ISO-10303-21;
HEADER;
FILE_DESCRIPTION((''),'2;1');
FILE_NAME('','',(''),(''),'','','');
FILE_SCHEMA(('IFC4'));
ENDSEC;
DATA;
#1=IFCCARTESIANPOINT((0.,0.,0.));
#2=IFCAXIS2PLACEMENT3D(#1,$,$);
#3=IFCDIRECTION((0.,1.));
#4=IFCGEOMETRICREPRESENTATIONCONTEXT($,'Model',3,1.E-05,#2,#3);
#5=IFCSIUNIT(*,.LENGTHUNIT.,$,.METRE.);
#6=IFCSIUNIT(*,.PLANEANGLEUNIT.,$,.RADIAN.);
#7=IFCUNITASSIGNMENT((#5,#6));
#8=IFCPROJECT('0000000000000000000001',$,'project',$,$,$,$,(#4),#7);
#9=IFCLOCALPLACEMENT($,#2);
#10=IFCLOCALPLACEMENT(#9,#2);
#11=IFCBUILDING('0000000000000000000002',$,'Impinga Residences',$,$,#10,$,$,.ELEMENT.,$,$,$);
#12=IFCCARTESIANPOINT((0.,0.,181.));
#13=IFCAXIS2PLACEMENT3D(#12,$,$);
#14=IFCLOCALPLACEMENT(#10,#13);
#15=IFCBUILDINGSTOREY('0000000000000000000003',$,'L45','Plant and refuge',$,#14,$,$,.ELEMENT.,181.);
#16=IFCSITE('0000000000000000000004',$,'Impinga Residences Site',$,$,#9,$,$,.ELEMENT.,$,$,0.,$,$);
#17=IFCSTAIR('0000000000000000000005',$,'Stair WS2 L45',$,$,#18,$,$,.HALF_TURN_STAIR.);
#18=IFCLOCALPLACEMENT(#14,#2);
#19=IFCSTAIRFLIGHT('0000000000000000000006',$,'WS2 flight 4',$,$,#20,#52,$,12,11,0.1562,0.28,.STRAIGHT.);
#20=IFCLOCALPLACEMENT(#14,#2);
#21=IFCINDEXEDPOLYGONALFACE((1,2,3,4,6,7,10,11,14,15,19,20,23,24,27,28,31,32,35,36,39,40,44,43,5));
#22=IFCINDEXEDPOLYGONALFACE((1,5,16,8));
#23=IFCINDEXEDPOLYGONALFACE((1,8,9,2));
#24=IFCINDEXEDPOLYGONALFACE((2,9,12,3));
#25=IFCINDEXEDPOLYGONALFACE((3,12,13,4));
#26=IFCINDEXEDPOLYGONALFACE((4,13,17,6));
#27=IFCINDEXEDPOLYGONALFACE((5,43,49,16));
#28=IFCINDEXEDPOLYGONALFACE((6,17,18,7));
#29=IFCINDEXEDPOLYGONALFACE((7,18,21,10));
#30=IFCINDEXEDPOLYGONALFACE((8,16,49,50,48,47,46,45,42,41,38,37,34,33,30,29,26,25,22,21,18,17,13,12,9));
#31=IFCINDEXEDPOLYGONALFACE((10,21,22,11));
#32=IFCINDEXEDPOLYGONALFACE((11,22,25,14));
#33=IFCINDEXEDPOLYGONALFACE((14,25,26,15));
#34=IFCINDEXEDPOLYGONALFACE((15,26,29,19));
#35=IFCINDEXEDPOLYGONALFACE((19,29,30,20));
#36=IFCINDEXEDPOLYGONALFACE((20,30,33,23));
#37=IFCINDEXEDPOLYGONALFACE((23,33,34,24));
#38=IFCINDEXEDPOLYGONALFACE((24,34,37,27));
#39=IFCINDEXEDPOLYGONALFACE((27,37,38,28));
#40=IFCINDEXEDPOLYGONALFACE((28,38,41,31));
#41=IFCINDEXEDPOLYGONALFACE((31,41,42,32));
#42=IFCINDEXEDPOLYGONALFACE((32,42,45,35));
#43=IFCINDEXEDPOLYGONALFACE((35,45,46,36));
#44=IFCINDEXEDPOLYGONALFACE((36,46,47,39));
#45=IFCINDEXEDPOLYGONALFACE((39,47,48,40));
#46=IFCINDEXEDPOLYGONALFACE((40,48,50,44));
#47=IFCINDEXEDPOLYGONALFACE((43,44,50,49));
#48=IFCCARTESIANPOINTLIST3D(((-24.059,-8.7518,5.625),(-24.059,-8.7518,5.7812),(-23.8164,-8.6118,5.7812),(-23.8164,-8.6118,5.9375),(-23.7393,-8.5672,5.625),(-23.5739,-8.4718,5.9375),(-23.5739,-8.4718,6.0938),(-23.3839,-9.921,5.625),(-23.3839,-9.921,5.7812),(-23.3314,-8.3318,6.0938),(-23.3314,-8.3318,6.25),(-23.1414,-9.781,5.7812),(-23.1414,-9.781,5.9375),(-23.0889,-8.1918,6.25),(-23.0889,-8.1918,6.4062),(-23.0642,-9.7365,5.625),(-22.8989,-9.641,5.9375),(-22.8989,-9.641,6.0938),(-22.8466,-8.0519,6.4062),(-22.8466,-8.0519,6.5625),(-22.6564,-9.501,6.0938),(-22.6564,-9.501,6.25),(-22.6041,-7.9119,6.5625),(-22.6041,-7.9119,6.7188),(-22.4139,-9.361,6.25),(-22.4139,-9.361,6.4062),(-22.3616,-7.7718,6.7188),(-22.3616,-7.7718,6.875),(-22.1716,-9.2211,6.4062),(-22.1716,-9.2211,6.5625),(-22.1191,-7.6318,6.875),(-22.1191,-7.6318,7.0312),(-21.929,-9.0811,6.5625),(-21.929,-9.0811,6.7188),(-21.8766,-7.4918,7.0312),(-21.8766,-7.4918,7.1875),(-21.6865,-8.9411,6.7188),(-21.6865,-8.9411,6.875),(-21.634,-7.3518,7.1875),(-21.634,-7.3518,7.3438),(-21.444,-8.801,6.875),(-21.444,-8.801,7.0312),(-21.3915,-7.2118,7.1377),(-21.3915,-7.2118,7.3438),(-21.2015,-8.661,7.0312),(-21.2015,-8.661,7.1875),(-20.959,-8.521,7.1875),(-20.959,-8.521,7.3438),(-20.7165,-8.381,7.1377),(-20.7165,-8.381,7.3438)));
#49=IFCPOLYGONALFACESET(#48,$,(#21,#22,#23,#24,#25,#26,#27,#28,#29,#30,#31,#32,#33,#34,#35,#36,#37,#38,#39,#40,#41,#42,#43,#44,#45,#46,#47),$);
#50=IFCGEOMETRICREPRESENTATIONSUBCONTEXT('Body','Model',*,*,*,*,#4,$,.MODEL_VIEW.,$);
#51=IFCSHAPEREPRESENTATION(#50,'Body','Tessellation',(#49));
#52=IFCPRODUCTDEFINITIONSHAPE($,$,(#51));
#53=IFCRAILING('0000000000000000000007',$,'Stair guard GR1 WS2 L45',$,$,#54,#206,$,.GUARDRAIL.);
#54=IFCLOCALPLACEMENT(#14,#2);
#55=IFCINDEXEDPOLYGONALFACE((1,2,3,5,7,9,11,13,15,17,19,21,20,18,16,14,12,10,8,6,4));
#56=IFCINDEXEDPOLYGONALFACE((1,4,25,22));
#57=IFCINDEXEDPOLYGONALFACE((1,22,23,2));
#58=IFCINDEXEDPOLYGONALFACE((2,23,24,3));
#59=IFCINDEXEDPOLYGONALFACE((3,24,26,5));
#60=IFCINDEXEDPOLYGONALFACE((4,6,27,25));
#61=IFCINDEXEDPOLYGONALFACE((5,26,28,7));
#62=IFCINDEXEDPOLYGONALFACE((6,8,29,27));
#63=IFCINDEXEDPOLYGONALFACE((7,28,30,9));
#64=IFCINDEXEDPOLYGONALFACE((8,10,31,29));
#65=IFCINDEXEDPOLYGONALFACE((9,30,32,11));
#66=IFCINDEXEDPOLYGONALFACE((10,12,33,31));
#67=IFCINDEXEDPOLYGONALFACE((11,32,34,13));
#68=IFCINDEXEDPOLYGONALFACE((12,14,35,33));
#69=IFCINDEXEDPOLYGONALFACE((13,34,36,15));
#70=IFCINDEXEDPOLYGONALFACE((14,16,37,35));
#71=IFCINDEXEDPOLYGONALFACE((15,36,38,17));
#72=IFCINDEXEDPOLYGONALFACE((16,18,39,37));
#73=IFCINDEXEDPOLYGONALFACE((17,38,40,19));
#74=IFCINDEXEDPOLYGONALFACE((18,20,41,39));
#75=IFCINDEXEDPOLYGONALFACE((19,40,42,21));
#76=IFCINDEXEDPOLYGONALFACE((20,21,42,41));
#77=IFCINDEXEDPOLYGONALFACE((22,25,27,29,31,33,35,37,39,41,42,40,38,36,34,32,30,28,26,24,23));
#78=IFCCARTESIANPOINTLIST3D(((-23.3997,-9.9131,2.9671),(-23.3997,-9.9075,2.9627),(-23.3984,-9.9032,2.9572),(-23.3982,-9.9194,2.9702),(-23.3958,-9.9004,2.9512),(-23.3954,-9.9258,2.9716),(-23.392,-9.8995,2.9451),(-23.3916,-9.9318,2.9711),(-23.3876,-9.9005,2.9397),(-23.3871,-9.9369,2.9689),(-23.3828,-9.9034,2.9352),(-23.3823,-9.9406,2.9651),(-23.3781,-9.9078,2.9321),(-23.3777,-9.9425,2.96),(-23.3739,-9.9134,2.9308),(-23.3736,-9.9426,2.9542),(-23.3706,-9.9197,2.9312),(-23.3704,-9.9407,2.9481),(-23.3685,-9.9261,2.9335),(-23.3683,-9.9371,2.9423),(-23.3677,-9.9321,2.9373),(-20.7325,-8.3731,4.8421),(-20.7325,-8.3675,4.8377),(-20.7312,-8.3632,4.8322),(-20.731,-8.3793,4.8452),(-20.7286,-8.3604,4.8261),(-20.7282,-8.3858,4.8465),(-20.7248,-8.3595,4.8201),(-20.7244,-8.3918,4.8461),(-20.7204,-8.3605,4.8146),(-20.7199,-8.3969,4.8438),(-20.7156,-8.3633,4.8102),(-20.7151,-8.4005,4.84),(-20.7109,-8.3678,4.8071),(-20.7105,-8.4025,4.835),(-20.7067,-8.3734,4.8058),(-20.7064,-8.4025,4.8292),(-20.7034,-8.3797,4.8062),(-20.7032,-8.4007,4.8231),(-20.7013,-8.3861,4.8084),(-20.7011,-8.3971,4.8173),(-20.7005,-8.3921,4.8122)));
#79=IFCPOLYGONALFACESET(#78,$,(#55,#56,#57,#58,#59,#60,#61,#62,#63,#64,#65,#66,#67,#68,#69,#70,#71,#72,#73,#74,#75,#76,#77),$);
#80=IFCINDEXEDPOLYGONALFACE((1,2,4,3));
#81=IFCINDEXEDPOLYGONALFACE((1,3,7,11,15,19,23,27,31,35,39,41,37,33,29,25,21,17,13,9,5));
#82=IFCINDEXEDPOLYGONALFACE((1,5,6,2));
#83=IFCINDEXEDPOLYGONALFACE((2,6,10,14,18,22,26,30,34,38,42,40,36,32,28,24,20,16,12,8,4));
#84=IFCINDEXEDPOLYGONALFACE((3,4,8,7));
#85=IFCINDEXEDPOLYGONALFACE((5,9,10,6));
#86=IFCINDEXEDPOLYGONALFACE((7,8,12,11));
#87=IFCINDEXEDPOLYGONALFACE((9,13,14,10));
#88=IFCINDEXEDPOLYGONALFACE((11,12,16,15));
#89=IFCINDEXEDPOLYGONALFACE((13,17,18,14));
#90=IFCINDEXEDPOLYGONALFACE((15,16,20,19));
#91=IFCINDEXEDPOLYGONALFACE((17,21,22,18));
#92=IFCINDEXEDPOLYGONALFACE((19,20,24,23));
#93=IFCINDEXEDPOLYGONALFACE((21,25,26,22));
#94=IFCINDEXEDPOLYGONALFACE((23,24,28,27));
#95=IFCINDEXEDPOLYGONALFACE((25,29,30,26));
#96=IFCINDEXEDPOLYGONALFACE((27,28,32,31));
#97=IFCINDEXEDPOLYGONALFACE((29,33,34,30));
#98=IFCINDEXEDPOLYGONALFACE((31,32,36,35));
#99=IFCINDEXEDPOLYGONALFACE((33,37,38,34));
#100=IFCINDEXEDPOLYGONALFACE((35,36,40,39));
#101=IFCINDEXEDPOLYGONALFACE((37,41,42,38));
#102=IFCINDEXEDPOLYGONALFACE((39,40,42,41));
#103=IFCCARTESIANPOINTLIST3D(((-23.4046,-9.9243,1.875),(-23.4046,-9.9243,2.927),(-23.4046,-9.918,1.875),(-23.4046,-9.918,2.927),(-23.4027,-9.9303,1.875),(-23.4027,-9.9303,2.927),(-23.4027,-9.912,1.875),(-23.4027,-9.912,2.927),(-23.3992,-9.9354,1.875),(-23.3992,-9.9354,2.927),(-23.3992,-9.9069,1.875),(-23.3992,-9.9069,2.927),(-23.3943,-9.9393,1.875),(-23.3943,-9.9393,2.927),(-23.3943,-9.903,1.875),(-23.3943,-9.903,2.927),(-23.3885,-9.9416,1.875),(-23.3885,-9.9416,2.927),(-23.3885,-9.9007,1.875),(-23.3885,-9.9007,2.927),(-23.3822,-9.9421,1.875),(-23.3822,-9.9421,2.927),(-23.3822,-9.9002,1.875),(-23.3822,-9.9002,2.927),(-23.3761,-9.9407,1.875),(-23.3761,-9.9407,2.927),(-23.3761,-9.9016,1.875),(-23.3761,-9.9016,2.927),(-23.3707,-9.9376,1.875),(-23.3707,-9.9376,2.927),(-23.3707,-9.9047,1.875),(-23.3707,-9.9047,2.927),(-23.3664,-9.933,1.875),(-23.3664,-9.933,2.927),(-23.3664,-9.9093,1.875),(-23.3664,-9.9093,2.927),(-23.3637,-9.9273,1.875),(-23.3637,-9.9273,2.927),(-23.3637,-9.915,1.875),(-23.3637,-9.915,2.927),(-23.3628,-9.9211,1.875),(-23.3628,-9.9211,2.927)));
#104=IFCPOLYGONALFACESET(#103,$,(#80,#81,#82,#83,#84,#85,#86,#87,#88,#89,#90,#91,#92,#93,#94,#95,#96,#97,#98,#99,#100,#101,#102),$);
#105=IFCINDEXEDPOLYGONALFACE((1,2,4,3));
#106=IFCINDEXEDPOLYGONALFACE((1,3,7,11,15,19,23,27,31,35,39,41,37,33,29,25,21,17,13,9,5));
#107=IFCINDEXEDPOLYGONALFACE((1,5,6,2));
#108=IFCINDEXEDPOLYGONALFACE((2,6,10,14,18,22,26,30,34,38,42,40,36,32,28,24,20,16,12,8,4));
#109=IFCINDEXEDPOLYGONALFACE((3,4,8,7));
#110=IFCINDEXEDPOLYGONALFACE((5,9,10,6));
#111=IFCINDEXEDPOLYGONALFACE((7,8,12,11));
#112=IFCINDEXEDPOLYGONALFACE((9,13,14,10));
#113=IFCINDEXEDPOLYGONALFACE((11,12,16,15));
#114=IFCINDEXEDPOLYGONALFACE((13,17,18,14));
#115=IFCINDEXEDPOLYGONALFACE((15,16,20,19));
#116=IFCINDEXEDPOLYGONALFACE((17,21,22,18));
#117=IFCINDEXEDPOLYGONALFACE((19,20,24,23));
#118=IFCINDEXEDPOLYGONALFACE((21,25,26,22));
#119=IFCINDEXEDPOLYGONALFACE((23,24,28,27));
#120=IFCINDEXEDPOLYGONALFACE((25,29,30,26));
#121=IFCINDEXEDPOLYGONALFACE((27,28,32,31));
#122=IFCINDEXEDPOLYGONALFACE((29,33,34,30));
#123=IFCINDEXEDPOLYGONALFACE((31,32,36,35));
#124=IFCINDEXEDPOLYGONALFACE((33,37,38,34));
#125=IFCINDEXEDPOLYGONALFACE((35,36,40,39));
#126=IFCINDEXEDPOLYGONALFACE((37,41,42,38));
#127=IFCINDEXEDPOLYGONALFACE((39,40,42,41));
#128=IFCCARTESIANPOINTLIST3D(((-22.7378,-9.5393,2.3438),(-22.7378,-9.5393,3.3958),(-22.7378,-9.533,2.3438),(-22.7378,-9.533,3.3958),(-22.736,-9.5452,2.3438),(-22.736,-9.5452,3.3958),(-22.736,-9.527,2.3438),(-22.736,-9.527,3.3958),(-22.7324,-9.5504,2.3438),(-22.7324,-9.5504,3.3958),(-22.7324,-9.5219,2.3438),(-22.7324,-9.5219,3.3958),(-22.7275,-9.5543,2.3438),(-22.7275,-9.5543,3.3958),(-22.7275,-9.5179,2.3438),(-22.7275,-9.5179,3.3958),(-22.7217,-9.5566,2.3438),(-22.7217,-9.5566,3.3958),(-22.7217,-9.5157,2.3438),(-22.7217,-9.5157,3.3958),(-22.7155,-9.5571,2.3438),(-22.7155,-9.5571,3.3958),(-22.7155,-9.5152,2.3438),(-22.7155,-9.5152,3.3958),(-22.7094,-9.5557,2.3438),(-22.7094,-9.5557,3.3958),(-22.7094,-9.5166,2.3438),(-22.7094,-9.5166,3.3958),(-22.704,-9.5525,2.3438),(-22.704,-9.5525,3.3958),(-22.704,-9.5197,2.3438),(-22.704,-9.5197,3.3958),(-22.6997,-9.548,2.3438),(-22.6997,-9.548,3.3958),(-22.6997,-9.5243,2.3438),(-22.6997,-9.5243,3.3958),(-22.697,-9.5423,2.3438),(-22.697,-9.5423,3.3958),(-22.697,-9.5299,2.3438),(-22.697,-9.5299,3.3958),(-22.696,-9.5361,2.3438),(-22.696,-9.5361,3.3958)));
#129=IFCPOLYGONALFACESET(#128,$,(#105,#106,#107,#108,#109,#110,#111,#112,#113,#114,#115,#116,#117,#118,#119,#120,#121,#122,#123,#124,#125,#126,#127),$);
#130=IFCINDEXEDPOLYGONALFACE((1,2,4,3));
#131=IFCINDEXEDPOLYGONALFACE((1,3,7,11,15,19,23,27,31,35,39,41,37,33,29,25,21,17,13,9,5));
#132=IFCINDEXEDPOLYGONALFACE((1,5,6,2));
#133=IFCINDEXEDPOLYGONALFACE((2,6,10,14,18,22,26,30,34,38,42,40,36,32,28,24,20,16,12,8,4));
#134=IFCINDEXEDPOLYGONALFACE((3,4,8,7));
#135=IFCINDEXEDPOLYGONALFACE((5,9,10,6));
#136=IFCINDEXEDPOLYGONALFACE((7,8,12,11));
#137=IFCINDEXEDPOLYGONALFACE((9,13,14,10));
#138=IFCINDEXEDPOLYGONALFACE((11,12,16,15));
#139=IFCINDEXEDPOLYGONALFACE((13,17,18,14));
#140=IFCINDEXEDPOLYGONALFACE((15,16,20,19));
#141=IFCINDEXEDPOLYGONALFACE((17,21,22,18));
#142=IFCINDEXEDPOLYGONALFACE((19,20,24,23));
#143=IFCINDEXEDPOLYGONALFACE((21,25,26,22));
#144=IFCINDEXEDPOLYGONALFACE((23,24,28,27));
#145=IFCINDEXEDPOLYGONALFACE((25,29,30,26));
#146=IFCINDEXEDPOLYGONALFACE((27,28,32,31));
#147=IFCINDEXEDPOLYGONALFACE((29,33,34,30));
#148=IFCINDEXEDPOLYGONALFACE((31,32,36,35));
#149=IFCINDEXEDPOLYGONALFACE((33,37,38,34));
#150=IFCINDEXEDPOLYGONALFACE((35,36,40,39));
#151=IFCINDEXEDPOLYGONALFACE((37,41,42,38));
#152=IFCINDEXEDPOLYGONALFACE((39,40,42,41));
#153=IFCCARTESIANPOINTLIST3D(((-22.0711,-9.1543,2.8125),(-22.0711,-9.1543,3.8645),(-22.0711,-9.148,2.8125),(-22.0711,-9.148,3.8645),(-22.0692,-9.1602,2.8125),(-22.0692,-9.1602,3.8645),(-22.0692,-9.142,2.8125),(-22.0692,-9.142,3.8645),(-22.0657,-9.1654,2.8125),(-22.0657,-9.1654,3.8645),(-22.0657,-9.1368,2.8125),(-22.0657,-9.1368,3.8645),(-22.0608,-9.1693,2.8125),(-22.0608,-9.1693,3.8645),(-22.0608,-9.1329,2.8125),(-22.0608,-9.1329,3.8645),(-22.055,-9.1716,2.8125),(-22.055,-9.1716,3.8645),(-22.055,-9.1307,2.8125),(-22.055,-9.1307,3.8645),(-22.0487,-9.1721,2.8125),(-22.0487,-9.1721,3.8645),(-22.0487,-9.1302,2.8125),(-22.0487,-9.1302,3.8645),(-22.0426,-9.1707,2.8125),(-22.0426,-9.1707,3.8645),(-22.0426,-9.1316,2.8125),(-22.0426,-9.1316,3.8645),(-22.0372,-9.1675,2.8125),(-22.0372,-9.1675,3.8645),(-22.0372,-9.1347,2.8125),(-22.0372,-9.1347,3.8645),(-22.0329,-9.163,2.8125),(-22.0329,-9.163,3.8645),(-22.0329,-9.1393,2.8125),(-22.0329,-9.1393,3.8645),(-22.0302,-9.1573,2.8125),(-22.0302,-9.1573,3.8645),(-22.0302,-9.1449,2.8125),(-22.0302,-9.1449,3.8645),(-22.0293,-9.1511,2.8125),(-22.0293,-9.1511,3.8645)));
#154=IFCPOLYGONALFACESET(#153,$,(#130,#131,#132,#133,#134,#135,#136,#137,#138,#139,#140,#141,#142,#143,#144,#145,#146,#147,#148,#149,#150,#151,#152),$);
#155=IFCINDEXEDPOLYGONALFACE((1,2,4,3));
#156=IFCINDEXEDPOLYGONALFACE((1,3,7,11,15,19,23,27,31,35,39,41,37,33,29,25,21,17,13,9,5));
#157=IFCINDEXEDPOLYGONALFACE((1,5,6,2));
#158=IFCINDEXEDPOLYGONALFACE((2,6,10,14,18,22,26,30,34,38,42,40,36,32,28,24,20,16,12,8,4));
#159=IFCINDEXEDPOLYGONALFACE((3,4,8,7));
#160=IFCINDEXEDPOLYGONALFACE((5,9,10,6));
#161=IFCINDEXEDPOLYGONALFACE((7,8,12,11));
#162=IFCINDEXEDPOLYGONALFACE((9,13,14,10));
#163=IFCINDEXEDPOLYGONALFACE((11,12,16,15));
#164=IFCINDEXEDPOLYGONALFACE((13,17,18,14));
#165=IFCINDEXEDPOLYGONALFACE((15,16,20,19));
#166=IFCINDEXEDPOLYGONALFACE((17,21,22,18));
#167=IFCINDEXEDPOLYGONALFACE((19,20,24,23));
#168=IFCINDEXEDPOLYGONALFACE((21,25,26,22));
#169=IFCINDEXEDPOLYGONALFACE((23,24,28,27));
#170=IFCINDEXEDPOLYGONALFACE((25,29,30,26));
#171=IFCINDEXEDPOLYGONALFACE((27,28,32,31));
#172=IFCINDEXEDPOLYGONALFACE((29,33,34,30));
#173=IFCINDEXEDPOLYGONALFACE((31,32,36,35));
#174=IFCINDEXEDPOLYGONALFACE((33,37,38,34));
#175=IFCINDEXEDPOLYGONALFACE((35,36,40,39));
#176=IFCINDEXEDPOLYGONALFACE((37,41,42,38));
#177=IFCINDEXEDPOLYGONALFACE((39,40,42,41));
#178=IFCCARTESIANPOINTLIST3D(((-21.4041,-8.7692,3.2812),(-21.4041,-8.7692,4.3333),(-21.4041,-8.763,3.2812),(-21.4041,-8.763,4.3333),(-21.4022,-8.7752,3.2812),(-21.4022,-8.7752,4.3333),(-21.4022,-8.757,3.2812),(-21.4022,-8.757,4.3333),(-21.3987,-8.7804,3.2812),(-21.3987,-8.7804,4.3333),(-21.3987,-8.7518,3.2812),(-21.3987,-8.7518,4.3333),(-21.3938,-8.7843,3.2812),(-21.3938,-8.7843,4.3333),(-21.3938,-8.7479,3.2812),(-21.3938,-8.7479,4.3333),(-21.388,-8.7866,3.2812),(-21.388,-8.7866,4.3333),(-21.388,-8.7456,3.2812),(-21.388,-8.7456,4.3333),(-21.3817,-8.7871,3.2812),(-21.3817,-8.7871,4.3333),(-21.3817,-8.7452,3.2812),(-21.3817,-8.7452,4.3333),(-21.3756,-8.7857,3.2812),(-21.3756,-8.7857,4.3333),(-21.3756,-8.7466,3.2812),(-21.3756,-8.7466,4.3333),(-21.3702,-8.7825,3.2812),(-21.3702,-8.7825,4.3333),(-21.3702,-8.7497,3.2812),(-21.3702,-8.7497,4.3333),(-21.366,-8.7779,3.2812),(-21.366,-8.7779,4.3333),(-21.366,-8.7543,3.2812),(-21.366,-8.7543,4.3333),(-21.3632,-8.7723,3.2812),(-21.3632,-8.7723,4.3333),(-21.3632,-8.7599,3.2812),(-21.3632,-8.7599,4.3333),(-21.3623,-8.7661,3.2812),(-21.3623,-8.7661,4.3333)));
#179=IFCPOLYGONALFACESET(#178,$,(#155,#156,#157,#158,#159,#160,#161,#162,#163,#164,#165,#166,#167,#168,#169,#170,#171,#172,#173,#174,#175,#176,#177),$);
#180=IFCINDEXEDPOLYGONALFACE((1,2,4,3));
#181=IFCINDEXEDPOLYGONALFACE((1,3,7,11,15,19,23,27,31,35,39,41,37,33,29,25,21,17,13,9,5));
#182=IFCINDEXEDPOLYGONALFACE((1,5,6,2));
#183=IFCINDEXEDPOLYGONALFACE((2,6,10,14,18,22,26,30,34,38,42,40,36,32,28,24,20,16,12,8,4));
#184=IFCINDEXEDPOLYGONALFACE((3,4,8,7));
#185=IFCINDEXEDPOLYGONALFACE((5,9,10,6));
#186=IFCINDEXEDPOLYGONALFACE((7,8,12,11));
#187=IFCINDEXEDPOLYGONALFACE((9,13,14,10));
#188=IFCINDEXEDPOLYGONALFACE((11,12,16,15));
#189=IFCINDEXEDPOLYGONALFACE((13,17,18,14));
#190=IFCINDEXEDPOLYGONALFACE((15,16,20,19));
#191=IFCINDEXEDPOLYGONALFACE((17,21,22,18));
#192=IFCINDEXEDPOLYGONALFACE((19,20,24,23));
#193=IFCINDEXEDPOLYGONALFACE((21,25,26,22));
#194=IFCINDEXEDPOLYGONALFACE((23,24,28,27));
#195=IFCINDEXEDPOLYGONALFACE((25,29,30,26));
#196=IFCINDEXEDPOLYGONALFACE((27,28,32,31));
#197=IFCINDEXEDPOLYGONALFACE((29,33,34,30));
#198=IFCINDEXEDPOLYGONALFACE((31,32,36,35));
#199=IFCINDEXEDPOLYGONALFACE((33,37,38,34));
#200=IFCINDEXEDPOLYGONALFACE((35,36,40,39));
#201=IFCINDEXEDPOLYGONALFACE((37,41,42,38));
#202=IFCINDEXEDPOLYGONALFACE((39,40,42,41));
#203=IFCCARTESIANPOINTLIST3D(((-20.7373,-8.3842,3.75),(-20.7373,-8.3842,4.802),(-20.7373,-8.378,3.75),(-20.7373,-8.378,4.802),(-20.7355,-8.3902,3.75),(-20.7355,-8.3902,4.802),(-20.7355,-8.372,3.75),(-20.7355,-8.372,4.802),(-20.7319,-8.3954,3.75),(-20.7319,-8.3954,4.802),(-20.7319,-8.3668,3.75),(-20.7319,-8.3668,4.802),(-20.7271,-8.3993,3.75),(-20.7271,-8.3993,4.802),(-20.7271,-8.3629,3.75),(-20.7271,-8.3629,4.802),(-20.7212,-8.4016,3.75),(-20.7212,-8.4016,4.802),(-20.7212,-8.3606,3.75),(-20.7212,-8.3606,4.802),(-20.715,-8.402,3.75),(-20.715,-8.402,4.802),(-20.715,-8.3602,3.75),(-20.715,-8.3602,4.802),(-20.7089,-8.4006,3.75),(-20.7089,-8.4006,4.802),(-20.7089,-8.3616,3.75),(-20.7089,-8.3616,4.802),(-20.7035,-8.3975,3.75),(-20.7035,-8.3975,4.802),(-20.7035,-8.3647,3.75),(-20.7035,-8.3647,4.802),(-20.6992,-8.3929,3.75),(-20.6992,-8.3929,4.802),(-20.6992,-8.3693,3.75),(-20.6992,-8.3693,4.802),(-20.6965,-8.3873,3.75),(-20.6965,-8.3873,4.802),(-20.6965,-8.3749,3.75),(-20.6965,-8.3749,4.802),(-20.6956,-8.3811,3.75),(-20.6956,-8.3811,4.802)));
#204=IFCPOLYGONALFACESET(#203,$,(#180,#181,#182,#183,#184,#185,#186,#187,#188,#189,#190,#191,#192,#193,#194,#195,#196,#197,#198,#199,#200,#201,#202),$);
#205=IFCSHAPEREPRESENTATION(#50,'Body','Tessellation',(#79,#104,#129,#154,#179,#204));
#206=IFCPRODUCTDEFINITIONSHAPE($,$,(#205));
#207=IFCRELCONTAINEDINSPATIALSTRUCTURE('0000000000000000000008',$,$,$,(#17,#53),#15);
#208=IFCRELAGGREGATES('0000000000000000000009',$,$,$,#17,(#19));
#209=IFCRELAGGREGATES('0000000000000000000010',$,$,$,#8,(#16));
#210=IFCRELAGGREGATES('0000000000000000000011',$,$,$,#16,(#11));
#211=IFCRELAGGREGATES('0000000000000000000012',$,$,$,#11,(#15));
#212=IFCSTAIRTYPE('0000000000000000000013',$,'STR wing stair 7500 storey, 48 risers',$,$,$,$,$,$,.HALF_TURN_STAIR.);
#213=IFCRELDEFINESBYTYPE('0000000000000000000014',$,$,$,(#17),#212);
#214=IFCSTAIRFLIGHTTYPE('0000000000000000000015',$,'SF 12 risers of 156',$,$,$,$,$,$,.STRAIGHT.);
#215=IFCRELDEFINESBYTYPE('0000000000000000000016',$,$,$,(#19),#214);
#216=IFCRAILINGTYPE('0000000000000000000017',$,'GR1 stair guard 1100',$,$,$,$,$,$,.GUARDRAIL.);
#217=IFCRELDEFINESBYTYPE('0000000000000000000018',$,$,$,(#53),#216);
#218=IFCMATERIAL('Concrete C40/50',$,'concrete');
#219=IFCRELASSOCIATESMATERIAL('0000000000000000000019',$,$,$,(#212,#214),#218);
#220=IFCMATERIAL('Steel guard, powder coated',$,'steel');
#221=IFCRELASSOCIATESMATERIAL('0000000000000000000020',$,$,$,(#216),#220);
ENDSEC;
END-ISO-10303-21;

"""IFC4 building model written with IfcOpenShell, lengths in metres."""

from ifc_helpers import new_model, si_unit, direction, frame, origin, origin_2d, place, context, subcontext, project, spatial, polyline, circle, outline, extrude, material, type_object, element, aggregate, save


model = new_model("IFC4")

# Units and contexts
model_context = context("Model", 3, precision=1e-05, world=origin(), true_north=direction((0.0, 1.0)))
body_context = subcontext(model_context, "Body", "Model", "MODEL_VIEW")
ifc_project = project(units=[si_unit("LENGTHUNIT", "METRE"), si_unit("PLANEANGLEUNIT", "RADIAN")], contexts=[model_context])

# Site, building, storey
site_placement = place(None, origin())
site = spatial("IfcSite", under=ifc_project, at=site_placement, Name="Impinga Residences Site", CompositionType="ELEMENT", RefElevation=0.0)
building_placement = place(site_placement, origin())
building = spatial("IfcBuilding", under=site, at=building_placement, Name="Impinga Residences", CompositionType="ELEMENT")
storey_placement = place(building_placement, frame((0.0, 0.0, 181.0)))
storey = spatial("IfcBuildingStorey", under=building, at=storey_placement, Name="L45", Description="Plant and refuge", CompositionType="ELEMENT", Elevation=181.0)

# Stair, stair flight
ifc_material_1 = material(Name="Concrete C40/50", Category="concrete")
stair_type = type_object("IfcStairType", Name="STR wing stair 7500 storey, 48 risers", PredefinedType="HALF_TURN_STAIR", material=ifc_material_1)
stair_placement = place(storey_placement, origin())
stair = element("IfcStair", 1, at=stair_placement, inside=storey, type_object=stair_type, Name="Stair WS2 L45", PredefinedType="HALF_TURN_STAIR")
stair_flight_type = type_object("IfcStairFlightType", Name="SF 12 risers of 156", PredefinedType="STRAIGHT", material=ifc_material_1)
stair_flight_1_placement = place(storey_placement, frame((-23.7214, -9.3364, 5.625), z_axis=(0.0, 0.0, 1.0), x_axis=(0.866025, 0.5, 0.0)))
stair_flight_1 = element("IfcStairFlight", 2, at=stair_flight_1_placement, type_object=stair_flight_type, Name="WS2 flight 4", NumberOfRisers=12, NumberOfTreads=11, PredefinedType="STRAIGHT", RiserHeight=0.1562, TreadLength=0.28, context=body_context, shape_type="SweptSolid", body=[
    extrude(outline(polyline([(0.0, 0.0), (0.0, 0.1562), (0.28, 0.1562), (0.28, 0.3125), (0.5601, 0.3125), (0.5601, 0.4688), (0.8401, 0.4688), (0.8401, 0.625), (1.1201, 0.625), (1.1201, 0.7812), (1.3999, 0.7812), (1.3999, 0.9375), (1.6799, 0.9375), (1.6799, 1.0938), (1.96, 1.0938), (1.96, 1.25), (2.24, 1.25), (2.24, 1.4062), (2.52, 1.4062), (2.52, 1.5625), (2.8, 1.5625), (2.8, 1.7188), (3.0801, 1.7188), (3.0801, 1.875), (3.0801, 1.5127), (0.3691, 0.0), (0.0, 0.0)])), frame((0.0, 0.675, 0.0), z_axis=(0.0, -1.0, 0.0), x_axis=(1.0, 0.0, 0.0)), (0.0, 0.0, 1.0), 1.3501),
])
aggregate(stair, [stair_flight_1])

# Railing
ifc_material_2 = material(Name="Steel guard, powder coated", Category="steel")
railing_type_1 = type_object("IfcRailingType", Name="GR1 stair guard 1100", PredefinedType="GUARDRAIL", material=ifc_material_2)
for number, where, name in (
    (3, (-23.3838, -9.9211, 1.875), "Stair guard GR1 WS2 L45"),
):
    element("IfcRailing", number, at=place(storey_placement, frame(where)), inside=storey, type_object=railing_type_1, Name=name, PredefinedType="GUARDRAIL", context=body_context, shape_type="SweptSolid", body=[
        extrude(circle(Radius=0.0239, at=origin_2d()), frame((0.0, 0.0, 1.0762), z_axis=(0.739716, 0.427105, 0.520002), x_axis=(-0.500027, 0.86601, 0.0)), (0.0, 0.0, 1.0), 3.6057),
        extrude(circle(Radius=0.021, at=origin_2d()), origin(), (0.0, 0.0, 1.0), 1.052),
        extrude(circle(Radius=0.021, at=origin_2d()), frame((0.6667, 0.385, 0.4688)), (0.0, 0.0, 1.0), 1.052),
        extrude(circle(Radius=0.021, at=origin_2d()), frame((1.3335, 0.77, 0.9375)), (0.0, 0.0, 1.0), 1.052),
        extrude(circle(Radius=0.021, at=origin_2d()), frame((2.0005, 1.155, 1.4062)), (0.0, 0.0, 1.0), 1.052),
        extrude(circle(Radius=0.021, at=origin_2d()), frame((2.6672, 1.54, 1.875)), (0.0, 0.0, 1.0), 1.052),
    ])

save(model, "model.ifc")
